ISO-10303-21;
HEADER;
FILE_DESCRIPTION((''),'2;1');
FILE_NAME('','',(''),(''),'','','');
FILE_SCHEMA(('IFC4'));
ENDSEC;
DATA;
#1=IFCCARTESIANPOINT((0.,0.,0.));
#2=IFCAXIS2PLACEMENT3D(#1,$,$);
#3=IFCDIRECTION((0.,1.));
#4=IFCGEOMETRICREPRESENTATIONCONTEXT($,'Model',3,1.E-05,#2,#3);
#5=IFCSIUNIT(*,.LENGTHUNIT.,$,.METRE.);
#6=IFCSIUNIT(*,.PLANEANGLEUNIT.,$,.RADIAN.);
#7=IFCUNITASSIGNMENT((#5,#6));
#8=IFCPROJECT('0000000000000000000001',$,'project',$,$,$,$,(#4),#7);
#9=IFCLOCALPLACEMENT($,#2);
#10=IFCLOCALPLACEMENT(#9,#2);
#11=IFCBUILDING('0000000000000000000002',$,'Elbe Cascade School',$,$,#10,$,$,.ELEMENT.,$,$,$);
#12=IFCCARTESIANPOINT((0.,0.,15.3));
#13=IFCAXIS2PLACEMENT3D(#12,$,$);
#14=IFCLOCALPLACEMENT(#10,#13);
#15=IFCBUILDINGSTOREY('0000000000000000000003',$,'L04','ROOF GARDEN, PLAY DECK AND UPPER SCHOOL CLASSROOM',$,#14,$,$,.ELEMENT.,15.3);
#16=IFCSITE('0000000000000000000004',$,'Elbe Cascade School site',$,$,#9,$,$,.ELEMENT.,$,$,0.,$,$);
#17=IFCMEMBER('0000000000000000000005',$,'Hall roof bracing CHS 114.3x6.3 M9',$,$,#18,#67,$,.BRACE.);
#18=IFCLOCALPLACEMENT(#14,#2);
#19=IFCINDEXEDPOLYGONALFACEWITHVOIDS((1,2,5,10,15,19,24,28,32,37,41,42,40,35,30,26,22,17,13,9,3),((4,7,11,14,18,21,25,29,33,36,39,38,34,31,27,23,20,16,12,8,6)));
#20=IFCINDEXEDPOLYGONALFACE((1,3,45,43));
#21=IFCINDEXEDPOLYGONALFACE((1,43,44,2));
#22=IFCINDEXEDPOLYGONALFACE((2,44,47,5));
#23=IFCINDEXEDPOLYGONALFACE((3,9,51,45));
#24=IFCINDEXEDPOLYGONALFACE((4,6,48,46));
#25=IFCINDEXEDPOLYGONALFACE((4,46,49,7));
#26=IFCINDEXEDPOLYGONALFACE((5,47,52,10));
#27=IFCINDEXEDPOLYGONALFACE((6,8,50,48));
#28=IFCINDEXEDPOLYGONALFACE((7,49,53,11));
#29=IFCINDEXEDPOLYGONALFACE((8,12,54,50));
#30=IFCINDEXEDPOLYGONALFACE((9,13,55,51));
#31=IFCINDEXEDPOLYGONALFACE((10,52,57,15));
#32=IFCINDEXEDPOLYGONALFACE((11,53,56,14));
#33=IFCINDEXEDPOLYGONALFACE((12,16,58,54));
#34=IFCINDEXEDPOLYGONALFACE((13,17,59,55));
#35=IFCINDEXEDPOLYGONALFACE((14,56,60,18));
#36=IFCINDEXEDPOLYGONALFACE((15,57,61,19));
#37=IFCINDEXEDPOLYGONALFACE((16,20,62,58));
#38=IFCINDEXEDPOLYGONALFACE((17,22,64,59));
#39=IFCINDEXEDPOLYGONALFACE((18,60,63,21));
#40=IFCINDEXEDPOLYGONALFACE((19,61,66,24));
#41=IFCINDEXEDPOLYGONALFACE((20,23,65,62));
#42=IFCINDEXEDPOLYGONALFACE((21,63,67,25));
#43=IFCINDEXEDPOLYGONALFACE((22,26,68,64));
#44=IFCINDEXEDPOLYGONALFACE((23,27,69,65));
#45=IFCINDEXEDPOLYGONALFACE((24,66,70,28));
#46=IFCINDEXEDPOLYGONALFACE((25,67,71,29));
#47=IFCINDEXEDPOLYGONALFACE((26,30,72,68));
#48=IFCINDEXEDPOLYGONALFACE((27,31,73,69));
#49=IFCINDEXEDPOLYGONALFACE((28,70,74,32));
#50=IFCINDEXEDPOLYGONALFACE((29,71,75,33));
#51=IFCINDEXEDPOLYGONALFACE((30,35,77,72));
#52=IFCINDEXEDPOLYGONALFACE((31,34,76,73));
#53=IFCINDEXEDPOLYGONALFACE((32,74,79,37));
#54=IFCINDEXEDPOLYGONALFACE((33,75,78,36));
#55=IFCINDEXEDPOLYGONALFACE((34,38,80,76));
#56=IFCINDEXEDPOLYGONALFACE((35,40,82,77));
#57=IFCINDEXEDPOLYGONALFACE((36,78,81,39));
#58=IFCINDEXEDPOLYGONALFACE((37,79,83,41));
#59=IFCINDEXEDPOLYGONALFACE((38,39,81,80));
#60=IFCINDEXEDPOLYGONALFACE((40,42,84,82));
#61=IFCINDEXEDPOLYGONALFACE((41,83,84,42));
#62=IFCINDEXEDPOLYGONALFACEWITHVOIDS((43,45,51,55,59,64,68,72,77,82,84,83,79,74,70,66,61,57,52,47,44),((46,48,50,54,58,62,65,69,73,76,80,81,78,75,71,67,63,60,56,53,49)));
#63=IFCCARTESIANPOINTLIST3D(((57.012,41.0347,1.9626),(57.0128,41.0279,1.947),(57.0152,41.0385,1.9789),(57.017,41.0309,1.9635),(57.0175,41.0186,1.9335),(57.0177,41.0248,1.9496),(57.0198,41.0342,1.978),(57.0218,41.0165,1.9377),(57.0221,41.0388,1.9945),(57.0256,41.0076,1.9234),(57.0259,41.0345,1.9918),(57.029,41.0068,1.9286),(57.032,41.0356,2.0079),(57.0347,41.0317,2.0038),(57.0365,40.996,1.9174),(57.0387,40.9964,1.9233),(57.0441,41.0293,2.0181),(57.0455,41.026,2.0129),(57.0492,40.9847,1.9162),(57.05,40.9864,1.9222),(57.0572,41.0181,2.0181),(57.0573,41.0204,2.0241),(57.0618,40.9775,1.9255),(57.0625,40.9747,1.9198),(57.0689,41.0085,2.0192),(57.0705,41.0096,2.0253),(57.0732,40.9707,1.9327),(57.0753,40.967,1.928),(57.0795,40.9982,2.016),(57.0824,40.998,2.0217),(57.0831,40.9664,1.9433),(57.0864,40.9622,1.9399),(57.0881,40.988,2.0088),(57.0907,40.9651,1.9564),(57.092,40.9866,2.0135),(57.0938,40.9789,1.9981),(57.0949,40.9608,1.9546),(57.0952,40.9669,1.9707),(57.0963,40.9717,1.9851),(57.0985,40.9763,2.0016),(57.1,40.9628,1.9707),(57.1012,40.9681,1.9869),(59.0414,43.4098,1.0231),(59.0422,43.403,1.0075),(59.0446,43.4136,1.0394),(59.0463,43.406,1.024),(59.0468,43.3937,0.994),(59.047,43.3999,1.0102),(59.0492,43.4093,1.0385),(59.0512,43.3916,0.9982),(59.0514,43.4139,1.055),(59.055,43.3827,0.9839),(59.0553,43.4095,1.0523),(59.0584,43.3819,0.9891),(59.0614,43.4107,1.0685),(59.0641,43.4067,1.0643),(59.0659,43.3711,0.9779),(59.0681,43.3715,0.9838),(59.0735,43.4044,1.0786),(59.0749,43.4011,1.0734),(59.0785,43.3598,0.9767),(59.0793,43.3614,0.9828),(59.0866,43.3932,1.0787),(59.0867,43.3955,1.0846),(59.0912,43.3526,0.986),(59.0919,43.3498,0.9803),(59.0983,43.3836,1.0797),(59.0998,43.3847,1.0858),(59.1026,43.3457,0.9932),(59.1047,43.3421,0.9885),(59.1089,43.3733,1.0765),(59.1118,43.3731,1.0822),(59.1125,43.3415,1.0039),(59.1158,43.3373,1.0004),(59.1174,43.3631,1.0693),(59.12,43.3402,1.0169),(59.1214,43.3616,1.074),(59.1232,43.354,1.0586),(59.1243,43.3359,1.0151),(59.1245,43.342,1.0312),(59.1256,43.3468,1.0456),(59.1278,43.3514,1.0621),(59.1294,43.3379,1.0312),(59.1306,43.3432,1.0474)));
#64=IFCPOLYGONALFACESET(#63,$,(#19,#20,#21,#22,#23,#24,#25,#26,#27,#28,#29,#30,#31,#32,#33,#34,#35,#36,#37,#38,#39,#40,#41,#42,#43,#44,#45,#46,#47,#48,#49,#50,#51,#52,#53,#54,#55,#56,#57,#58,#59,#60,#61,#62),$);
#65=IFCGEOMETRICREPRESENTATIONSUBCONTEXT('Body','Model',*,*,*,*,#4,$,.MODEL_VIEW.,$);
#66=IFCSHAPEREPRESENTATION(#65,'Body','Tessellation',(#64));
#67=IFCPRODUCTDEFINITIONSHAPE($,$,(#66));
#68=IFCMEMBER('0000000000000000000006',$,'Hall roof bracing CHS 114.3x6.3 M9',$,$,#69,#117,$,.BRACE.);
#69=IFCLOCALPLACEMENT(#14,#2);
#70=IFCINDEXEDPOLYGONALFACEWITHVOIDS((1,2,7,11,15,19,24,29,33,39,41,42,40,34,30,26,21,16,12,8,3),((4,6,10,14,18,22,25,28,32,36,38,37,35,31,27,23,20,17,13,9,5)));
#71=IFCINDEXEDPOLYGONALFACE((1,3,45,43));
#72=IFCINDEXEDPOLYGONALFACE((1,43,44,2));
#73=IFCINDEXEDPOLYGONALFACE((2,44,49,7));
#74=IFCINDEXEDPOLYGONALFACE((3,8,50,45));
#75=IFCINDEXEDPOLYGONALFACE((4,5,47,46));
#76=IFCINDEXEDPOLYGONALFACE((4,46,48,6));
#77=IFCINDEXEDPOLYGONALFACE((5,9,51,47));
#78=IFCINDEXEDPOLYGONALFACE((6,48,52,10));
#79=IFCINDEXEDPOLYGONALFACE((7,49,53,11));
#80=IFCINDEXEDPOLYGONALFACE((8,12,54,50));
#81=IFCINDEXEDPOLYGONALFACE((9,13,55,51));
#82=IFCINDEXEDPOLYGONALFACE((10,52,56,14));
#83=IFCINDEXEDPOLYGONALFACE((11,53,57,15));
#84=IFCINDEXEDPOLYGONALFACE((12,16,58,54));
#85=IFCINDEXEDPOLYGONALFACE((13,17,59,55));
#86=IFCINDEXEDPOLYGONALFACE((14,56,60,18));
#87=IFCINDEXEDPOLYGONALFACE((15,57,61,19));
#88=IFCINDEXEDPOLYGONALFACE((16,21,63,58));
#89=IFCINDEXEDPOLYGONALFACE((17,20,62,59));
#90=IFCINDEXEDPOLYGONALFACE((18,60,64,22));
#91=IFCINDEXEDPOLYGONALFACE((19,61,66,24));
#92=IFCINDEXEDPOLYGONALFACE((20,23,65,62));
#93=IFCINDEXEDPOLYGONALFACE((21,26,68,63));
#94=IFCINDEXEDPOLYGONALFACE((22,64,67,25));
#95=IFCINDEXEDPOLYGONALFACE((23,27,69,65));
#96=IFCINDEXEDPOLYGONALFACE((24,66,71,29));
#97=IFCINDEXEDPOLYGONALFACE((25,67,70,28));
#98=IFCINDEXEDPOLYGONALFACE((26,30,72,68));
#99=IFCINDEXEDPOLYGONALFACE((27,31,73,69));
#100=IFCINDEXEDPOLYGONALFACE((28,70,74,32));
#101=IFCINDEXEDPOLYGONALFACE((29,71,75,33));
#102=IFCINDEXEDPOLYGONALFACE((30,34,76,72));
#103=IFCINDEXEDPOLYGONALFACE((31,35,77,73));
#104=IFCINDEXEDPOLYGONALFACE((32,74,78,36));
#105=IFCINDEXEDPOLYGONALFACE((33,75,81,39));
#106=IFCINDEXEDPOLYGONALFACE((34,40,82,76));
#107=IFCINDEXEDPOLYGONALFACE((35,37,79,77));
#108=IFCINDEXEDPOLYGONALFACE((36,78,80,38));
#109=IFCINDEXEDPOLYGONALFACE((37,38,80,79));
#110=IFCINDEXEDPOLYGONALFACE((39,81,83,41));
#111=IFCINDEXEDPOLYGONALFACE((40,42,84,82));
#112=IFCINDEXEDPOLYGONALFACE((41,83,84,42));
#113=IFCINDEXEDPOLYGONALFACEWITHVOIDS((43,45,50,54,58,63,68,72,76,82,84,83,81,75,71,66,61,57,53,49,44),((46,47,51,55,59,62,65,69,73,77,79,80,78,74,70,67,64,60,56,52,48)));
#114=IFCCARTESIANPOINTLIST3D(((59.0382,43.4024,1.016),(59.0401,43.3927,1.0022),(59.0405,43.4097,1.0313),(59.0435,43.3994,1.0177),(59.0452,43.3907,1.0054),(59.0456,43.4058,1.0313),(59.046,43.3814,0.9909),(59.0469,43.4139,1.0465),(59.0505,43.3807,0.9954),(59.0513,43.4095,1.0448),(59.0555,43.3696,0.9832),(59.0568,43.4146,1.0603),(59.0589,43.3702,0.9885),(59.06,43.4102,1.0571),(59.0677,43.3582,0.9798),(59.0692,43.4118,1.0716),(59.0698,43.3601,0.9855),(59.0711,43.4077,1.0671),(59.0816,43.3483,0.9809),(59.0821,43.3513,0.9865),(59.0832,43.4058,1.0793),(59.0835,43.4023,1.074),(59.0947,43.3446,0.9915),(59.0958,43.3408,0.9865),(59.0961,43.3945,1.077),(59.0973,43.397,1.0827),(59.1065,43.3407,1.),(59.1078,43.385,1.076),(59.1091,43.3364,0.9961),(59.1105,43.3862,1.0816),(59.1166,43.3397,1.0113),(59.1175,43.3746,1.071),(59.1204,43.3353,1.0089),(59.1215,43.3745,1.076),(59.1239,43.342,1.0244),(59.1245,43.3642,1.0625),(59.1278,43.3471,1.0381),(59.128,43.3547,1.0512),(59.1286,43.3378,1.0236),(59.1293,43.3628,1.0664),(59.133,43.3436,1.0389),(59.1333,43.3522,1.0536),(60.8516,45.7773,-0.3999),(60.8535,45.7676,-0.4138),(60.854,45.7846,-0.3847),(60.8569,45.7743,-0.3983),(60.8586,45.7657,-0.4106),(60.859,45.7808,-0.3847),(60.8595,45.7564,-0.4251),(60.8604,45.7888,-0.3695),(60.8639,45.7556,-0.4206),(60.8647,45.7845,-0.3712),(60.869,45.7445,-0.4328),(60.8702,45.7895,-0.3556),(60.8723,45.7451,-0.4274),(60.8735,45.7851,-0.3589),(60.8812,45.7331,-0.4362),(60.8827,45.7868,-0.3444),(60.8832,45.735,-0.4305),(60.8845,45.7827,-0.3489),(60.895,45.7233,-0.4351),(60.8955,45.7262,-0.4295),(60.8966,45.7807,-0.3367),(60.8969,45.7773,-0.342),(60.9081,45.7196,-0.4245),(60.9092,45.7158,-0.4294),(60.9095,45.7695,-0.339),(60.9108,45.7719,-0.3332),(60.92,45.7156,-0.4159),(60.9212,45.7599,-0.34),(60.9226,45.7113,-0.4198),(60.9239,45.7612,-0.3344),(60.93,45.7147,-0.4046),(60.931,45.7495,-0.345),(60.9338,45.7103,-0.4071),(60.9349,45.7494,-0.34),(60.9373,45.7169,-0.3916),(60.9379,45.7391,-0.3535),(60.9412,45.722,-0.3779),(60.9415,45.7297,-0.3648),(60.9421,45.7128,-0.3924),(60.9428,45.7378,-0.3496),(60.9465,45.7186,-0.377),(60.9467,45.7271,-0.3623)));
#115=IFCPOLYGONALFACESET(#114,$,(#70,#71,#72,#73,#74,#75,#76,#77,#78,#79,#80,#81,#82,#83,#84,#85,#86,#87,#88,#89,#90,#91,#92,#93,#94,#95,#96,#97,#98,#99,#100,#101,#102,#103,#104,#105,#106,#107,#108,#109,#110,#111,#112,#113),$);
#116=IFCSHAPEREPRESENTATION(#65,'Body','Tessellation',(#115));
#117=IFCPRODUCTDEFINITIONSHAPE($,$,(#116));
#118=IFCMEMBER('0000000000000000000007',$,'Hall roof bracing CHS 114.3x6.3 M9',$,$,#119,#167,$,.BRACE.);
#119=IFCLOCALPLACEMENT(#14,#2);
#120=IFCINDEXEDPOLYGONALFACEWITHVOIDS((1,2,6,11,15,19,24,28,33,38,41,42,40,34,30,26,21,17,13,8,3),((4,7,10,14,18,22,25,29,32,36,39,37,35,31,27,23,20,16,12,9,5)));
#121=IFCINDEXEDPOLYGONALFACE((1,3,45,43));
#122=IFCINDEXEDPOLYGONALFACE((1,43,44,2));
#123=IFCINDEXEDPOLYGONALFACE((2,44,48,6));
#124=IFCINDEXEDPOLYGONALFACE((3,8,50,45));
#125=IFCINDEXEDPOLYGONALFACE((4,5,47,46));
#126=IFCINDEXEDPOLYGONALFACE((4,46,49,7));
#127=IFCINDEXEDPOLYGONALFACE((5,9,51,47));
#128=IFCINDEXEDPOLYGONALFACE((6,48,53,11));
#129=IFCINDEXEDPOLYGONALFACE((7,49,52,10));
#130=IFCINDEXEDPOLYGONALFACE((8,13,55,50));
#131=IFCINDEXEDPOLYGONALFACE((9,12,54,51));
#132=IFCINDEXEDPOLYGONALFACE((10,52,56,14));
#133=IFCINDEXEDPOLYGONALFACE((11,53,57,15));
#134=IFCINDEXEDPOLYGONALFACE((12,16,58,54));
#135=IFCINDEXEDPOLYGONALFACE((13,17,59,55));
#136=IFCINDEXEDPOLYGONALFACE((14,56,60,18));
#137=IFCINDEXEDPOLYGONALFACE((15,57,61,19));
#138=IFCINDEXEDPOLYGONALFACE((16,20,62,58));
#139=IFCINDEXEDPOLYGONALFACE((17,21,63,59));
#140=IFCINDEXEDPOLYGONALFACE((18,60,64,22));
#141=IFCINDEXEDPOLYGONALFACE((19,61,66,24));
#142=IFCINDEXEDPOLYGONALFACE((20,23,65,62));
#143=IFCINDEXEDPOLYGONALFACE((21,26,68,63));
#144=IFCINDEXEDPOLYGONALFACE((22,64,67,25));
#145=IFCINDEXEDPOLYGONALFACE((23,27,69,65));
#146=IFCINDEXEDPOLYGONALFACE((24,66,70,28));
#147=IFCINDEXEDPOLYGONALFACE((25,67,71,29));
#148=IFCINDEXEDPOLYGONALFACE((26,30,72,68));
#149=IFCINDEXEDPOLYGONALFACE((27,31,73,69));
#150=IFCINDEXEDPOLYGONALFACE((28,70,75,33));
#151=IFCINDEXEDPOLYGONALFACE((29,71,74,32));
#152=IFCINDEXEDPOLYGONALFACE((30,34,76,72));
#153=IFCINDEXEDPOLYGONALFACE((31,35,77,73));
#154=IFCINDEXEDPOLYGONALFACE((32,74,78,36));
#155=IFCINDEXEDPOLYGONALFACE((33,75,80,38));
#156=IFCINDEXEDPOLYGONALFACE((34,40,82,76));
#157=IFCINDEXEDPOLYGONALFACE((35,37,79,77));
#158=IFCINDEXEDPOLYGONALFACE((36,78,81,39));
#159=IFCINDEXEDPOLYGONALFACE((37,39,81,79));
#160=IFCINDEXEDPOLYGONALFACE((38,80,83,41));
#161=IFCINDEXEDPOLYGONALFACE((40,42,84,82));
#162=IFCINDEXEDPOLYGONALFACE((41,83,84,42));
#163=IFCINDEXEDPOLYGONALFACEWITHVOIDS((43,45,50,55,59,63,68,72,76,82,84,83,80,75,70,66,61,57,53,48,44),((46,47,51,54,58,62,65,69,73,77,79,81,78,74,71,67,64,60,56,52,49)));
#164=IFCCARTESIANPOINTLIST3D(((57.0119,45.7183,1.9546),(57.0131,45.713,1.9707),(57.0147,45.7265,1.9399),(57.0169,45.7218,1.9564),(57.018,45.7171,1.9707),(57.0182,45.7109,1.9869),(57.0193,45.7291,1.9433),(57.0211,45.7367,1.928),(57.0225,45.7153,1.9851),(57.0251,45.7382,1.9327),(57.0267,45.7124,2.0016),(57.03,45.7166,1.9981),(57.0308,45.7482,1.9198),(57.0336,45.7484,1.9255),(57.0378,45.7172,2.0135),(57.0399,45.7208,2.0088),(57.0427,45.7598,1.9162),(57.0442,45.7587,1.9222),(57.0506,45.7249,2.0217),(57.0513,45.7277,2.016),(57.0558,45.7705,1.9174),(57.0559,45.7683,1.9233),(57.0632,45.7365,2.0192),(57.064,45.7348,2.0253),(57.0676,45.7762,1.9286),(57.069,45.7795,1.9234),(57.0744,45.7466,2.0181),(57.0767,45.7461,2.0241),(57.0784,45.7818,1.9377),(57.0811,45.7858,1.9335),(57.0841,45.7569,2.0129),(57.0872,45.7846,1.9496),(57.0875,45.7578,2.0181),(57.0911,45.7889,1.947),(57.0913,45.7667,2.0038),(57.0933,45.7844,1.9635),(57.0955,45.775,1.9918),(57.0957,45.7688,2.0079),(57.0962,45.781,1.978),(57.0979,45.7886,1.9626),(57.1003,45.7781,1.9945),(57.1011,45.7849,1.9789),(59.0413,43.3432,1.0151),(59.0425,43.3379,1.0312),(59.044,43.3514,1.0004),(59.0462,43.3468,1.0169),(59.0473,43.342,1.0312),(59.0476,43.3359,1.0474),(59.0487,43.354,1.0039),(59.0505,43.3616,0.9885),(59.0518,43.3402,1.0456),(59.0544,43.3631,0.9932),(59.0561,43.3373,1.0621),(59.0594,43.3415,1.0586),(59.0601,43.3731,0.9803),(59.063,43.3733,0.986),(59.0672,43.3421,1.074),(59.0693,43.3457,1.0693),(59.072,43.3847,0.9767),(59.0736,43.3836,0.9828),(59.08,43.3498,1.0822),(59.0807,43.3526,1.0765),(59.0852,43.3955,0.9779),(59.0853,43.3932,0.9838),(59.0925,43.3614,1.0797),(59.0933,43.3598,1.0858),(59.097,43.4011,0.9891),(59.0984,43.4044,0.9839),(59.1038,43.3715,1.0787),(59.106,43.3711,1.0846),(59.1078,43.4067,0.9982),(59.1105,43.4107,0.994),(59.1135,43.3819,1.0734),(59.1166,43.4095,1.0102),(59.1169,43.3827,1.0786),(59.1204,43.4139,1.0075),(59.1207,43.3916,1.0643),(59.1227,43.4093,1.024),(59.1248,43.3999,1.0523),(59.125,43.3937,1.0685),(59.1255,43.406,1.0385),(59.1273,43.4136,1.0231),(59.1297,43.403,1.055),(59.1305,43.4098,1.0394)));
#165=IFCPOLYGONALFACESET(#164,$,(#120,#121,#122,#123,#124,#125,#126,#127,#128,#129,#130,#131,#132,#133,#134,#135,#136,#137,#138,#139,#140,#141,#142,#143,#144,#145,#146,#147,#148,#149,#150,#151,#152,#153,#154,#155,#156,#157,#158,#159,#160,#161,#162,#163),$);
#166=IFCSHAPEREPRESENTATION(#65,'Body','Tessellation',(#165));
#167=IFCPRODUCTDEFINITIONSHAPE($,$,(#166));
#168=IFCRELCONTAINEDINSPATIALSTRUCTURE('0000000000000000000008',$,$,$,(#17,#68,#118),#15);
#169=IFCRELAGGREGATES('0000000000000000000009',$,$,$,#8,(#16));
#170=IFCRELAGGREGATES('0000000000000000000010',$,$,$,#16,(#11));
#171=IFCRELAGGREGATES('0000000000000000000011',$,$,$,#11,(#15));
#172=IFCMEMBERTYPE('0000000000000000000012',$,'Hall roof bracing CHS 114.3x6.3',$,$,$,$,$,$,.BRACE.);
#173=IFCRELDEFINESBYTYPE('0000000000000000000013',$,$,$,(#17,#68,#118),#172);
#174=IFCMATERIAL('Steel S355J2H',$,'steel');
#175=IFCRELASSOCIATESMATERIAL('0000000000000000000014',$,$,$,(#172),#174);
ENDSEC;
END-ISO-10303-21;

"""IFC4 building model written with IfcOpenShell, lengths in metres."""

from ifc_helpers import new_model, si_unit, direction, frame, origin, origin_2d, place, context, subcontext, project, spatial, hollow_circle, extrude, material, material_profile, profile_set, type_object, element, save


model = new_model("IFC4")

# Units and contexts
model_context = context("Model", 3, precision=1e-05, world=origin(), true_north=direction((0.0, 1.0)))
body_context = subcontext(model_context, "Body", "Model", "MODEL_VIEW")
ifc_project = project(units=[si_unit("LENGTHUNIT", "METRE"), si_unit("PLANEANGLEUNIT", "RADIAN")], contexts=[model_context])

# Site, building, storey
site_placement = place(None, origin())
site = spatial("IfcSite", under=ifc_project, at=site_placement, Name="Elbe Cascade School site", CompositionType="ELEMENT", RefElevation=0.0)
building_placement = place(site_placement, origin())
building = spatial("IfcBuilding", under=site, at=building_placement, Name="Elbe Cascade School", CompositionType="ELEMENT")
storey_placement = place(building_placement, frame((0.0, 0.0, 15.3)))
storey = spatial("IfcBuildingStorey", under=building, at=storey_placement, Name="L04", Description="ROOF GARDEN, PLAY DECK AND UPPER SCHOOL CLASSROOM", CompositionType="ELEMENT", Elevation=15.3)

# Members
ifc_material_1 = material(Name="Steel S355J2H", Category="steel")
ifc_material_profile_1 = material_profile(ifc_material_1, hollow_circle(Radius=0.0571, WallThickness=0.0063, at=origin_2d()), Name="CHS 114.3x6.3")
ifc_profile_set_1 = profile_set([ifc_material_profile_1], Name="Steel S355J2H")
member_type_1 = type_object("IfcMemberType", Name="Hall roof bracing CHS 114.3x6.3", PredefinedType="BRACE", material=ifc_profile_set_1)
member_1_placement = place(storey_placement, frame((59.0859, 43.375, 1.0312), z_axis=(-0.622085, -0.72806, 0.287991), x_axis=(0.760271, -0.649606, 0.0)))
element("IfcMember", 1, at=member_1_placement, inside=storey, type_object=member_type_1, Name="Hall roof bracing CHS 114.3x6.3 M9", PredefinedType="BRACE", context=body_context, shape_type="SweptSolid", body=[
    extrude(hollow_circle(Radius=0.0571, WallThickness=0.0063, at=origin_2d()), origin(), (0.0, 0.0, 1.0), 3.2622),
])
member_2_placement = place(storey_placement, frame((59.0859, 43.375, 1.0312), z_axis=(0.548421, 0.718234, -0.428223), x_axis=(-0.794794, 0.60688, 0.0)))
element("IfcMember", 2, at=member_2_placement, inside=storey, type_object=member_type_1, Name="Hall roof bracing CHS 114.3x6.3 M9", PredefinedType="BRACE", context=body_context, shape_type="SweptSolid", body=[
    extrude(hollow_circle(Radius=0.0571, WallThickness=0.0063, at=origin_2d()), origin(), (0.0, 0.0, 1.0), 3.3066),
])
member_3_placement = place(storey_placement, frame((59.0859, 43.375, 1.0312), z_axis=(-0.622085, 0.72806, 0.287991), x_axis=(-0.760271, -0.649606, 0.0)))
element("IfcMember", 3, at=member_3_placement, inside=storey, type_object=member_type_1, Name="Hall roof bracing CHS 114.3x6.3 M9", PredefinedType="BRACE", context=body_context, shape_type="SweptSolid", body=[
    extrude(hollow_circle(Radius=0.0571, WallThickness=0.0063, at=origin_2d()), origin(), (0.0, 0.0, 1.0), 3.2622),
])

save(model, "model.ifc")
